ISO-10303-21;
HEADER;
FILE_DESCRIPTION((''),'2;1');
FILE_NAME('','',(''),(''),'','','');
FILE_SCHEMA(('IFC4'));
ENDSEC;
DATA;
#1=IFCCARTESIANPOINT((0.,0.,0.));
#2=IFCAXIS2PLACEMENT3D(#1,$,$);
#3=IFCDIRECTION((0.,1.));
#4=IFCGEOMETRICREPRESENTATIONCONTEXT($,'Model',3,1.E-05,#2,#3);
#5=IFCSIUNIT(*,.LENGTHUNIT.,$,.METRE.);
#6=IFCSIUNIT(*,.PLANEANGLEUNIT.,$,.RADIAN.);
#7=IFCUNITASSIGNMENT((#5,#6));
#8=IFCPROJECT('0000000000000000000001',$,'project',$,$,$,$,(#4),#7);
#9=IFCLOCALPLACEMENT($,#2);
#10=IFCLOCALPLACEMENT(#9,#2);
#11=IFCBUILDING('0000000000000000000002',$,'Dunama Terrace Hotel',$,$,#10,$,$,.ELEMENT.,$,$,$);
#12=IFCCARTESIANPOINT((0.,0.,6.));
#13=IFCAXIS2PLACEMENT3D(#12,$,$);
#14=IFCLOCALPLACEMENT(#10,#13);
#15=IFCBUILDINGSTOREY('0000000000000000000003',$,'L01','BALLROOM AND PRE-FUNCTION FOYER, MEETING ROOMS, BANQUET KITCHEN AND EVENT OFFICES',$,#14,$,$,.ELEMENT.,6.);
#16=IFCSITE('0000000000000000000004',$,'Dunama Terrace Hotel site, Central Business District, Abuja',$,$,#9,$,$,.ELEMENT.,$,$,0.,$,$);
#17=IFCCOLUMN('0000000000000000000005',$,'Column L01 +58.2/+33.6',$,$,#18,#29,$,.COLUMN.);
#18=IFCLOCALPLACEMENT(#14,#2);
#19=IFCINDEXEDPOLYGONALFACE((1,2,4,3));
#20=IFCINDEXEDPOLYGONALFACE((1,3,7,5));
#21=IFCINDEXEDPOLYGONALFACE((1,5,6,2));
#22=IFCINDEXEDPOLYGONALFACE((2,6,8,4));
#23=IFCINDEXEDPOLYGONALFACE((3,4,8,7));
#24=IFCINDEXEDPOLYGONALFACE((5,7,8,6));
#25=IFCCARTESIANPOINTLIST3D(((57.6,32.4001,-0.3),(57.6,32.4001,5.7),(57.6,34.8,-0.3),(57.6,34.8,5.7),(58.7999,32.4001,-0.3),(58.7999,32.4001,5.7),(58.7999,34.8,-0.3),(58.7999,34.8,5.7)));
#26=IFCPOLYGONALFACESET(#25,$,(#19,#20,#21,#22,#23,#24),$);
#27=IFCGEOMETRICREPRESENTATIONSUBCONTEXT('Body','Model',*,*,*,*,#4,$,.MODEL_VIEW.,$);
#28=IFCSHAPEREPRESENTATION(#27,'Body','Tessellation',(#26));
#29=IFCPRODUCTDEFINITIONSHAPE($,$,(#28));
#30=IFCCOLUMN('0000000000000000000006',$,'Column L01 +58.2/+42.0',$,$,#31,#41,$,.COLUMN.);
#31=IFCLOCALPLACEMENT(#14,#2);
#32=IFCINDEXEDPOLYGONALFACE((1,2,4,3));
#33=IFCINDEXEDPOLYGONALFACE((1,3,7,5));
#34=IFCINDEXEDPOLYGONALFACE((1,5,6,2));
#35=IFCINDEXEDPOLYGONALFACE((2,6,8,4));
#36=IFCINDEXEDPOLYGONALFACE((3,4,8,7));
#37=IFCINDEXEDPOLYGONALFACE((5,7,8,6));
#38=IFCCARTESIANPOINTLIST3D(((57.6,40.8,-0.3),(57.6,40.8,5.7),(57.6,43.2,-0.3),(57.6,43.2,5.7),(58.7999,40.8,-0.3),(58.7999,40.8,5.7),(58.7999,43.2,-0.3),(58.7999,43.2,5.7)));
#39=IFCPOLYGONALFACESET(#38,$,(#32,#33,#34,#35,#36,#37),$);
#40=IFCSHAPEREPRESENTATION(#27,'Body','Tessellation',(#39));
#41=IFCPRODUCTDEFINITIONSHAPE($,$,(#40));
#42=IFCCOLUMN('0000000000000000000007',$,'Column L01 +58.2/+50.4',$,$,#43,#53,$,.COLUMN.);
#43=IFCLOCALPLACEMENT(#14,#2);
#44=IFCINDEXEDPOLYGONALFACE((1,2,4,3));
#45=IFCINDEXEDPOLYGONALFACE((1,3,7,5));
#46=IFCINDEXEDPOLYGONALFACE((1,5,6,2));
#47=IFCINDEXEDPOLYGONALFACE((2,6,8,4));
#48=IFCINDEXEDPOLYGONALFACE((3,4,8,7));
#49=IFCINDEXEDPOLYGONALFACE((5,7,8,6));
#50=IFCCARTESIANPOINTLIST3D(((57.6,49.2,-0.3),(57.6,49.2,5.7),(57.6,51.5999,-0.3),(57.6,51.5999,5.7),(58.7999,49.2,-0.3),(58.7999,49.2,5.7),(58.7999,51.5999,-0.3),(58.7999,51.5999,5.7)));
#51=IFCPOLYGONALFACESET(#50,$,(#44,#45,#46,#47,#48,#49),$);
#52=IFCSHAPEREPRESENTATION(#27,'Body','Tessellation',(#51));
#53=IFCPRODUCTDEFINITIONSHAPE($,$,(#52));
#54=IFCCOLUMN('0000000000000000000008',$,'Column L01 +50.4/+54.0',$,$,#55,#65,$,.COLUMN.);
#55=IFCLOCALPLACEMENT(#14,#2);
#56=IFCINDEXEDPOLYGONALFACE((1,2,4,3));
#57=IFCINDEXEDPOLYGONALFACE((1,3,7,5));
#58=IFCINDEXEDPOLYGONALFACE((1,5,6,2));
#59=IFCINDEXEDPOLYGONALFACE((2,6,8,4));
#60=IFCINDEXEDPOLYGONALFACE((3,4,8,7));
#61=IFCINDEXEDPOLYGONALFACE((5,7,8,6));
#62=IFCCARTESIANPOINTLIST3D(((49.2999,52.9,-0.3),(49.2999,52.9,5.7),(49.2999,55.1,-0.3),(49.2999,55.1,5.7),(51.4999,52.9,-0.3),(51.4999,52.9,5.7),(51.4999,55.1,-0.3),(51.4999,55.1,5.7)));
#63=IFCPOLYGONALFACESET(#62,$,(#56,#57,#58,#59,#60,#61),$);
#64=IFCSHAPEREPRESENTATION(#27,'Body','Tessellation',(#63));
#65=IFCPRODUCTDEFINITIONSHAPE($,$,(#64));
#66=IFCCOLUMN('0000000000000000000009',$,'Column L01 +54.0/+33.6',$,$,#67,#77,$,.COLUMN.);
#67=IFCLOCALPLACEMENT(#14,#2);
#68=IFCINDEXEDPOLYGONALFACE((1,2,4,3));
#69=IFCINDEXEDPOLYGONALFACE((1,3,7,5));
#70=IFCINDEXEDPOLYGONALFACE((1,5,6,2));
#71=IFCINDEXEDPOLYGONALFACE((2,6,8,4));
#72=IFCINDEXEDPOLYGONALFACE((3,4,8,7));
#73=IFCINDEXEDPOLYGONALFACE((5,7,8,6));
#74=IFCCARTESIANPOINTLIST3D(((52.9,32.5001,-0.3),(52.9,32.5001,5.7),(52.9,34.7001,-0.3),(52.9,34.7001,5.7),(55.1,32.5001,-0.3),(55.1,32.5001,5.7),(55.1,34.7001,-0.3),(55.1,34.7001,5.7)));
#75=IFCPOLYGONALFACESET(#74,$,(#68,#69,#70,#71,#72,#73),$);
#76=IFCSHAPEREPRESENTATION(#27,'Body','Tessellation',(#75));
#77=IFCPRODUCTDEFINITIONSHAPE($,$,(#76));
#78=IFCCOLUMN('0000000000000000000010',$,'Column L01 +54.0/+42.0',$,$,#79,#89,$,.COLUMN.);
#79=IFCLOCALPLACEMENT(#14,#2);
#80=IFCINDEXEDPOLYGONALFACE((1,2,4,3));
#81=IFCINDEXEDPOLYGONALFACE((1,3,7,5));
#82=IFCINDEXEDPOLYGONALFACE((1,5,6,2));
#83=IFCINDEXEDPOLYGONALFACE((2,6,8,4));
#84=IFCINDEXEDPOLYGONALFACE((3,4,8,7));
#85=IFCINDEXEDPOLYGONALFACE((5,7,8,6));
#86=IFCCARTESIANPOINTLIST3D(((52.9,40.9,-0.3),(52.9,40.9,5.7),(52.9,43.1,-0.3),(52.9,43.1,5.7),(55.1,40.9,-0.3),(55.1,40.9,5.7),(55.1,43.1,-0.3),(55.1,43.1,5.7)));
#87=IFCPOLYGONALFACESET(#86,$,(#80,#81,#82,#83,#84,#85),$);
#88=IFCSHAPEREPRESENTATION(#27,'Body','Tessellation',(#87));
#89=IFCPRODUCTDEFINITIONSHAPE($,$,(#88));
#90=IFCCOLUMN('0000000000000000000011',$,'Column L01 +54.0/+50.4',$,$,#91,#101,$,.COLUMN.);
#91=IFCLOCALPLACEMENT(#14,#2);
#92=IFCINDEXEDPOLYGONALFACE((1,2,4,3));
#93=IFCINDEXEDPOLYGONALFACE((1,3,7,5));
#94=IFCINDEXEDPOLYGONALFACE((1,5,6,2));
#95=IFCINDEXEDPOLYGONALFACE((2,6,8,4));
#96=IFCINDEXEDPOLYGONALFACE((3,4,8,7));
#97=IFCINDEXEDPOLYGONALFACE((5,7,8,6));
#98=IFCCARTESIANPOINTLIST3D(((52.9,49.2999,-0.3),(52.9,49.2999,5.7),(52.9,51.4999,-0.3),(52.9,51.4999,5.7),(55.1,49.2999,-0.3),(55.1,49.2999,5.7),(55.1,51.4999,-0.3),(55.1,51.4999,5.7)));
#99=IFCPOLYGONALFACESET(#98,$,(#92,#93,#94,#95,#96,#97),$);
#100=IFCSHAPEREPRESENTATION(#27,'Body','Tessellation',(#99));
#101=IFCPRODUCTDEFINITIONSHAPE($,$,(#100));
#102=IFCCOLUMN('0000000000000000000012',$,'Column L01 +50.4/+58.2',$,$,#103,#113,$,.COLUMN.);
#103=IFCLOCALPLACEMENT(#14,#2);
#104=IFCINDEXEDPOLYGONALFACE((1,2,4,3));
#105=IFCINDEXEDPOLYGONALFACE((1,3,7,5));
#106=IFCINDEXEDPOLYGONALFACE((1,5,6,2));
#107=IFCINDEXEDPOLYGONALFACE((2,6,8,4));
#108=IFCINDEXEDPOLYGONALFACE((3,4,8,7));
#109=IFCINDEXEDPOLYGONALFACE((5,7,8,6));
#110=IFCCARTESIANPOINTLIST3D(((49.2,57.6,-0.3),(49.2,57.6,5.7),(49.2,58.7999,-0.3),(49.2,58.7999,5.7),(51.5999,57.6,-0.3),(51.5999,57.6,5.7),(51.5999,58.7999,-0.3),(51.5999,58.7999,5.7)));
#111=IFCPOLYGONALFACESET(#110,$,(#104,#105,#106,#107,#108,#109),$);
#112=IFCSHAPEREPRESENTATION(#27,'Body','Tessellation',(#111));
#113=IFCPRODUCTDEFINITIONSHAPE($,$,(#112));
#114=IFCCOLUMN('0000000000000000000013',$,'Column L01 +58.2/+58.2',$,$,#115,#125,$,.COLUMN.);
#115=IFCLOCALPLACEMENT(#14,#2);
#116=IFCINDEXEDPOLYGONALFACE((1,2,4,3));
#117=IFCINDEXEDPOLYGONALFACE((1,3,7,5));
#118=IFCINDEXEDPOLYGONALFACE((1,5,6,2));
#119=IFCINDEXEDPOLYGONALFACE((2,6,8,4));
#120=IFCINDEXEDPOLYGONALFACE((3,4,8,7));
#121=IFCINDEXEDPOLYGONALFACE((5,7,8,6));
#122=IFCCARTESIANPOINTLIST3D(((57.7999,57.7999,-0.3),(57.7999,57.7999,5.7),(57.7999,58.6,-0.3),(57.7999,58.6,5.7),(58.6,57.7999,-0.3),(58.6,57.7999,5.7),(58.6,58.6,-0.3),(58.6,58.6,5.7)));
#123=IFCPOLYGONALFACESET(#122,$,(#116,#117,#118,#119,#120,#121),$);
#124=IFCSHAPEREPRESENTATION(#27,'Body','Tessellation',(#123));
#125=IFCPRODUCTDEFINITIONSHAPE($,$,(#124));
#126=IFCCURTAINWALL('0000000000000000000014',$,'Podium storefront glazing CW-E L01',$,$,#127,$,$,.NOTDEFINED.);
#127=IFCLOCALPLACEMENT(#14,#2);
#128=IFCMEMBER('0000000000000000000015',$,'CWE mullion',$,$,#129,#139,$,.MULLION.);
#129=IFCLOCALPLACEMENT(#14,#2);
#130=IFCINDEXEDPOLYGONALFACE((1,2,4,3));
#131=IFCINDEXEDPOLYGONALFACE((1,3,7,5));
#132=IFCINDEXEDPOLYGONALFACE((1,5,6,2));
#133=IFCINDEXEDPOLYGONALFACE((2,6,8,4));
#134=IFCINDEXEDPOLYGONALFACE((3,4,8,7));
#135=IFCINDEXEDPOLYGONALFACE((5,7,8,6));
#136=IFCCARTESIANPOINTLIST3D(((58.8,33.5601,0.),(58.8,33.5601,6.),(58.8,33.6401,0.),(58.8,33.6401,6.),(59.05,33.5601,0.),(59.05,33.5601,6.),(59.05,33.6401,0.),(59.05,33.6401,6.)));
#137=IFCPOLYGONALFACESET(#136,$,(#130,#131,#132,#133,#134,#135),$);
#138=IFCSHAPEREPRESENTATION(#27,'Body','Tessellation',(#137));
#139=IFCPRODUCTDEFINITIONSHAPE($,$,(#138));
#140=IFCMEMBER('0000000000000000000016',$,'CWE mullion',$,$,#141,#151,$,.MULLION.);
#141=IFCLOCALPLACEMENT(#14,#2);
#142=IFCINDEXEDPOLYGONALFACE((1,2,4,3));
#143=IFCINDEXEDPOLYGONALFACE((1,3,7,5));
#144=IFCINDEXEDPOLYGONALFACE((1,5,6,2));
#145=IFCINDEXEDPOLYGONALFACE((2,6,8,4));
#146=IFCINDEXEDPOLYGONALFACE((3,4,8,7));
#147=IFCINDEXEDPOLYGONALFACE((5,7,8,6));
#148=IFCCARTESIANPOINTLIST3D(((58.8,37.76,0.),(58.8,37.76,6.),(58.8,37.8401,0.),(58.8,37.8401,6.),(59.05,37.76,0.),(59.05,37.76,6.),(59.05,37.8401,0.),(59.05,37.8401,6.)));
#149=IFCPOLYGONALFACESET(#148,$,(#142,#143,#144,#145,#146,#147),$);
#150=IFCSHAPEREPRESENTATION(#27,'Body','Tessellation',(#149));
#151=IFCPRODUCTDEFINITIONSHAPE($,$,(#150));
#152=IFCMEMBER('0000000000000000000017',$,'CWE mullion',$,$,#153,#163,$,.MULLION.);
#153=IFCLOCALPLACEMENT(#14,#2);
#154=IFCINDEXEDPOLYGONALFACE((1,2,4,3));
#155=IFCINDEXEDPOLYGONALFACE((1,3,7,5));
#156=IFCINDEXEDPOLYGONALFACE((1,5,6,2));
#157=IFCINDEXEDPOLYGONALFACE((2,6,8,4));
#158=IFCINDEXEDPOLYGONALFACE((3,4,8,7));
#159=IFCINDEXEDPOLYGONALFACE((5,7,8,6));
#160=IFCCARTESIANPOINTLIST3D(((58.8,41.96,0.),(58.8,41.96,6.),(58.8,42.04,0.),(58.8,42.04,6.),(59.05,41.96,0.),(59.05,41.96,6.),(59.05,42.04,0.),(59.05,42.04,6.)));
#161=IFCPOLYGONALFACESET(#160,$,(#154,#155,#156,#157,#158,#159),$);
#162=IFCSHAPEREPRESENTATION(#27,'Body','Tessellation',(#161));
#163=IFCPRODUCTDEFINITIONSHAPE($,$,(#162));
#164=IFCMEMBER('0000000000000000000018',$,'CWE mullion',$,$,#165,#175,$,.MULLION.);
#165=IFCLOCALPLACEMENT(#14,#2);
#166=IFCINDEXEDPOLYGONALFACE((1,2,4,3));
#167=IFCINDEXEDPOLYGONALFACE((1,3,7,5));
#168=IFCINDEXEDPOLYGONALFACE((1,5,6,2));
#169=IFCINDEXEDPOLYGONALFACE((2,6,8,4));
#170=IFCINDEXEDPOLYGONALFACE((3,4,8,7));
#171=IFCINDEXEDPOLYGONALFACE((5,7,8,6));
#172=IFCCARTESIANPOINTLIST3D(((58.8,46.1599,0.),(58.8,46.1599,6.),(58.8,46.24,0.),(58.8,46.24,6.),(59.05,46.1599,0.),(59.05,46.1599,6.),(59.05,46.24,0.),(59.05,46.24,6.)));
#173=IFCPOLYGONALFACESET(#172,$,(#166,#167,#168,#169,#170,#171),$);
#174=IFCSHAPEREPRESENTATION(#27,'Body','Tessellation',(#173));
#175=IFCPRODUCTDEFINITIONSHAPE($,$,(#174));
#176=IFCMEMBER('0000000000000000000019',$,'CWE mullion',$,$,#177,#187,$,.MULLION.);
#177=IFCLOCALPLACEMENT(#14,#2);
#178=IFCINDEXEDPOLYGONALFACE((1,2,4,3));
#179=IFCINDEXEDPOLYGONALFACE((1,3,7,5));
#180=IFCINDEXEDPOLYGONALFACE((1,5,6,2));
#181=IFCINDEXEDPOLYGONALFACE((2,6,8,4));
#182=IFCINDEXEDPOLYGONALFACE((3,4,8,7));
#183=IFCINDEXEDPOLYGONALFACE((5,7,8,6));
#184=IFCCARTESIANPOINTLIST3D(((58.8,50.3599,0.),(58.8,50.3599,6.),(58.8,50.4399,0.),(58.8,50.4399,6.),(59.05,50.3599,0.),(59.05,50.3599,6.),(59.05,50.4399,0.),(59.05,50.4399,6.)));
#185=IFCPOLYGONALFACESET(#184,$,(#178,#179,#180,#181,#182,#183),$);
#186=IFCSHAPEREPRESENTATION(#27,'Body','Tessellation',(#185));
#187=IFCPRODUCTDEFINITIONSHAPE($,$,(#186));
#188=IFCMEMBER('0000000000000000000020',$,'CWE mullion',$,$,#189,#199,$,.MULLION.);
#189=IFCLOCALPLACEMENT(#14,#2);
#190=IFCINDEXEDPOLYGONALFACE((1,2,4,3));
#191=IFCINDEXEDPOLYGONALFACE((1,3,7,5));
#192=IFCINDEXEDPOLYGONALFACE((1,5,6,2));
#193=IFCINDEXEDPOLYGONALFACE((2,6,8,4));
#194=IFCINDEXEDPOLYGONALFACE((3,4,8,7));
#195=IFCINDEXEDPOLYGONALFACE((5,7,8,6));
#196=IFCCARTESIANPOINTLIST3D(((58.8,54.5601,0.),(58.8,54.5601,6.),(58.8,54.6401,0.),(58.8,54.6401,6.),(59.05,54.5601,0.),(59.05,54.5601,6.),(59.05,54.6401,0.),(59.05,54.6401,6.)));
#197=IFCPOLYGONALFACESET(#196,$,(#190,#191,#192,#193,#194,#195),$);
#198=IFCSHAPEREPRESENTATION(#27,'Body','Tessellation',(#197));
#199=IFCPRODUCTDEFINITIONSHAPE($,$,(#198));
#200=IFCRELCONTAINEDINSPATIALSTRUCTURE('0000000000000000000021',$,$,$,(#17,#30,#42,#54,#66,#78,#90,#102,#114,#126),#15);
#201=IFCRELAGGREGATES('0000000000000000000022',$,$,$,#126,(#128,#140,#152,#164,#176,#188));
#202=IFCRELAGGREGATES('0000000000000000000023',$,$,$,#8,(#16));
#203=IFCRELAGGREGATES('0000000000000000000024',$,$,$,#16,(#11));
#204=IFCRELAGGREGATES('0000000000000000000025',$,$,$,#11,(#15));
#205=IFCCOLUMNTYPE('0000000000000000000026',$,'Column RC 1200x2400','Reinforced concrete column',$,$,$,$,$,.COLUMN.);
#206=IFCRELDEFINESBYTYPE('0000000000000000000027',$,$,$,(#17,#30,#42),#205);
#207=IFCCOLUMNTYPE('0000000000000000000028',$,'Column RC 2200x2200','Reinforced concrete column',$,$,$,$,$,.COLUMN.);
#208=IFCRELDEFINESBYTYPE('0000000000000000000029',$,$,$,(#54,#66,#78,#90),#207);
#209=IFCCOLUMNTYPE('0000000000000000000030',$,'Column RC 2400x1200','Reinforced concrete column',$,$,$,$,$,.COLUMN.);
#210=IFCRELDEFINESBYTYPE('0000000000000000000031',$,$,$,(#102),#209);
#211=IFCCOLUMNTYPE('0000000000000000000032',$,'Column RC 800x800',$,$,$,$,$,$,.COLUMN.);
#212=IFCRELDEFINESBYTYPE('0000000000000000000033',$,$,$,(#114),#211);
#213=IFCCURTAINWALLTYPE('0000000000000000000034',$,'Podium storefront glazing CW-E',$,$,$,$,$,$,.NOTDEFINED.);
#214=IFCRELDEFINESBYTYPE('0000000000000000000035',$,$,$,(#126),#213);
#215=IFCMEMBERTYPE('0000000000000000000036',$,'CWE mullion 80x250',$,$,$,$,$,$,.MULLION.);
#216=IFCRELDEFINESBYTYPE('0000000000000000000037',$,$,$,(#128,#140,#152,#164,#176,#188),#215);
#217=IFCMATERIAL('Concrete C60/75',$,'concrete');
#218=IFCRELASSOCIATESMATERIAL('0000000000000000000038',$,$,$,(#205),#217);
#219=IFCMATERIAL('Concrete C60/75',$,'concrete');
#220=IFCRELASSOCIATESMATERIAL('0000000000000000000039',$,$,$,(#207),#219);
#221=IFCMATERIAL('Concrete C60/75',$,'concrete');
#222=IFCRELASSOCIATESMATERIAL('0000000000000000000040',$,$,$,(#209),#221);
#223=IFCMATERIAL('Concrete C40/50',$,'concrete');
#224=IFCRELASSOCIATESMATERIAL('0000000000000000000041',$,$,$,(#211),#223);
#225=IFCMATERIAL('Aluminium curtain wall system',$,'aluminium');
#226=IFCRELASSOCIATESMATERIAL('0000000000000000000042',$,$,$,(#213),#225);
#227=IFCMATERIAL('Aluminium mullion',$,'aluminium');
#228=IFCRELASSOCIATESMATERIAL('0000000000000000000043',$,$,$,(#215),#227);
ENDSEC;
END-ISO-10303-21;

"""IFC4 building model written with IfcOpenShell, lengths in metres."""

from ifc_helpers import new_model, si_unit, direction, frame, origin, origin_2d, place, context, subcontext, project, spatial, rectangle, extrude, material, material_profile, profile_set, type_object, element, aggregate, save


model = new_model("IFC4")

# Units and contexts
model_context = context("Model", 3, precision=1e-05, world=origin(), true_north=direction((0.0, 1.0)))
body_context = subcontext(model_context, "Body", "Model", "MODEL_VIEW")
ifc_project = project(units=[si_unit("LENGTHUNIT", "METRE"), si_unit("PLANEANGLEUNIT", "RADIAN")], contexts=[model_context])

# Site, building, storey
site_placement = place(None, origin())
site = spatial("IfcSite", under=ifc_project, at=site_placement, Name="Dunama Terrace Hotel site, Central Business District, Abuja", CompositionType="ELEMENT", RefElevation=0.0)
building_placement = place(site_placement, origin())
building = spatial("IfcBuilding", under=site, at=building_placement, Name="Dunama Terrace Hotel", CompositionType="ELEMENT")
storey_placement = place(building_placement, frame((0.0, 0.0, 6.0)))
storey = spatial("IfcBuildingStorey", under=building, at=storey_placement, Name="L01", Description="BALLROOM AND PRE-FUNCTION FOYER, MEETING ROOMS, BANQUET KITCHEN AND EVENT OFFICES", CompositionType="ELEMENT", Elevation=6.0)

# Columns
ifc_material_1 = material(Name="Concrete C60/75", Category="concrete")
ifc_material_profile_1 = material_profile(ifc_material_1, rectangle(XDim=1.2, YDim=2.3999, at=origin_2d()), Name="RC 1200x2400")
ifc_profile_set_1 = profile_set([ifc_material_profile_1], Name="Concrete C60/75")
column_type_1 = type_object("IfcColumnType", Name="Column RC 1200x2400", Description="Reinforced concrete column", PredefinedType="COLUMN", material=ifc_profile_set_1)
for number, where, z_axis, x_axis, name in (
    (1, (58.2, 33.6001, -0.3), (0.0, 0.0, 1.0), (1.0, 0.0, 0.0), "Column L01 +58.2/+33.6"),
    (2, (58.2, 42.0, -0.3), (0.0, 0.0, 1.0), (1.0, 0.0, 0.0), "Column L01 +58.2/+42.0"),
    (3, (58.2, 50.3999, -0.3), (0.0, 0.0, 1.0), (1.0, 0.0, 0.0), "Column L01 +58.2/+50.4"),
):
    element("IfcColumn", number, at=place(storey_placement, frame(where, z_axis=z_axis, x_axis=x_axis)), inside=storey, type_object=column_type_1, Name=name, PredefinedType="COLUMN", context=body_context, shape_type="SweptSolid", body=[
        extrude(rectangle(XDim=1.2, YDim=2.3999, at=origin_2d()), origin(), (0.0, 0.0, 1.0), 6.0),
    ])
ifc_material_2 = material(Name="Concrete C60/75", Category="concrete")
ifc_material_profile_2 = material_profile(ifc_material_2, rectangle(XDim=2.2, YDim=2.2, at=origin_2d()), Name="RC 2200x2200")
ifc_profile_set_2 = profile_set([ifc_material_profile_2], Name="Concrete C60/75")
column_type_2 = type_object("IfcColumnType", Name="Column RC 2200x2200", Description="Reinforced concrete column", PredefinedType="COLUMN", material=ifc_profile_set_2)
for number, where, z_axis, x_axis, name in (
    (4, (50.3999, 54.0, -0.3), (0.0, 0.0, 1.0), (1.0, 0.0, 0.0), "Column L01 +50.4/+54.0"),
    (5, (54.0, 33.6001, -0.3), (0.0, 0.0, 1.0), (1.0, 0.0, 0.0), "Column L01 +54.0/+33.6"),
    (6, (54.0, 42.0, -0.3), (0.0, 0.0, 1.0), (1.0, 0.0, 0.0), "Column L01 +54.0/+42.0"),
    (7, (54.0, 50.3999, -0.3), (0.0, 0.0, 1.0), (1.0, 0.0, 0.0), "Column L01 +54.0/+50.4"),
):
    element("IfcColumn", number, at=place(storey_placement, frame(where, z_axis=z_axis, x_axis=x_axis)), inside=storey, type_object=column_type_2, Name=name, PredefinedType="COLUMN", context=body_context, shape_type="SweptSolid", body=[
        extrude(rectangle(XDim=2.2, YDim=2.2, at=origin_2d()), origin(), (0.0, 0.0, 1.0), 6.0),
    ])
ifc_material_3 = material(Name="Concrete C60/75", Category="concrete")
ifc_material_profile_3 = material_profile(ifc_material_3, rectangle(XDim=2.3999, YDim=1.2, at=origin_2d()), Name="RC 2400x1200")
ifc_profile_set_3 = profile_set([ifc_material_profile_3], Name="Concrete C60/75")
column_type_3 = type_object("IfcColumnType", Name="Column RC 2400x1200", Description="Reinforced concrete column", PredefinedType="COLUMN", material=ifc_profile_set_3)
column_1_placement = place(storey_placement, frame((50.3999, 58.2, -0.3), z_axis=(0.0, 0.0, 1.0), x_axis=(1.0, 0.0, 0.0)))
element("IfcColumn", 8, at=column_1_placement, inside=storey, type_object=column_type_3, Name="Column L01 +50.4/+58.2", PredefinedType="COLUMN", context=body_context, shape_type="SweptSolid", body=[
    extrude(rectangle(XDim=2.3999, YDim=1.2, at=origin_2d()), origin(), (0.0, 0.0, 1.0), 6.0),
])
ifc_material_4 = material(Name="Concrete C40/50", Category="concrete")
ifc_material_profile_4 = material_profile(ifc_material_4, rectangle(XDim=0.8, YDim=0.8, at=origin_2d()), Name="RC 800x800")
ifc_profile_set_4 = profile_set([ifc_material_profile_4], Name="Concrete C40/50")
column_type_4 = type_object("IfcColumnType", Name="Column RC 800x800", PredefinedType="COLUMN", material=ifc_profile_set_4)
column_2_placement = place(storey_placement, frame((58.2, 58.2, -0.3), z_axis=(0.0, 0.0, 1.0), x_axis=(1.0, 0.0, 0.0)))
element("IfcColumn", 9, at=column_2_placement, inside=storey, type_object=column_type_4, Name="Column L01 +58.2/+58.2", PredefinedType="COLUMN", context=body_context, shape_type="SweptSolid", body=[
    extrude(rectangle(XDim=0.8, YDim=0.8, at=origin_2d()), origin(), (0.0, 0.0, 1.0), 6.0),
])

# Curtain wall, members
ifc_material_5 = material(Name="Aluminium curtain wall system", Category="aluminium")
curtain_wall_type = type_object("IfcCurtainWallType", Name="Podium storefront glazing CW-E", PredefinedType="NOTDEFINED", material=ifc_material_5)
curtain_wall_1_placement = place(storey_placement, origin())
curtain_wall_1 = element("IfcCurtainWall", 10, at=curtain_wall_1_placement, inside=storey, type_object=curtain_wall_type, Name="Podium storefront glazing CW-E L01", PredefinedType="NOTDEFINED")
ifc_material_6 = material(Name="Aluminium mullion", Category="aluminium")
ifc_material_profile_5 = material_profile(ifc_material_6, rectangle(XDim=0.0801, YDim=0.25, at=origin_2d()), Name="CWE MULLION 80X250")
ifc_profile_set_5 = profile_set([ifc_material_profile_5], Name="Aluminium mullion")
member_type_1 = type_object("IfcMemberType", Name="CWE mullion 80x250", PredefinedType="MULLION", material=ifc_profile_set_5)
member_1_placement = place(storey_placement, frame((58.925, 33.6001, 0.0), z_axis=(0.0, 0.0, 1.0), x_axis=(0.0, 1.0, 0.0)))
member_1 = element("IfcMember", 11, at=member_1_placement, type_object=member_type_1, Name="CWE mullion", PredefinedType="MULLION", context=body_context, shape_type="SweptSolid", body=[
    extrude(rectangle(XDim=0.0801, YDim=0.25, at=origin_2d()), origin(), (0.0, 0.0, 1.0), 6.0),
])
member_2_placement = place(storey_placement, frame((58.925, 37.8, 0.0), z_axis=(0.0, 0.0, 1.0), x_axis=(0.0, 1.0, 0.0)))
member_2 = element("IfcMember", 12, at=member_2_placement, type_object=member_type_1, Name="CWE mullion", PredefinedType="MULLION", context=body_context, shape_type="SweptSolid", body=[
    extrude(rectangle(XDim=0.0801, YDim=0.25, at=origin_2d()), origin(), (0.0, 0.0, 1.0), 6.0),
])
member_3_placement = place(storey_placement, frame((58.925, 42.0, 0.0), z_axis=(0.0, 0.0, 1.0), x_axis=(0.0, 1.0, 0.0)))
member_3 = element("IfcMember", 13, at=member_3_placement, type_object=member_type_1, Name="CWE mullion", PredefinedType="MULLION", context=body_context, shape_type="SweptSolid", body=[
    extrude(rectangle(XDim=0.0801, YDim=0.25, at=origin_2d()), origin(), (0.0, 0.0, 1.0), 6.0),
])
member_4_placement = place(storey_placement, frame((58.925, 46.2, 0.0), z_axis=(0.0, 0.0, 1.0), x_axis=(0.0, 1.0, 0.0)))
member_4 = element("IfcMember", 14, at=member_4_placement, type_object=member_type_1, Name="CWE mullion", PredefinedType="MULLION", context=body_context, shape_type="SweptSolid", body=[
    extrude(rectangle(XDim=0.0801, YDim=0.25, at=origin_2d()), origin(), (0.0, 0.0, 1.0), 6.0),
])
member_5_placement = place(storey_placement, frame((58.925, 50.3999, 0.0), z_axis=(0.0, 0.0, 1.0), x_axis=(0.0, 1.0, 0.0)))
member_5 = element("IfcMember", 15, at=member_5_placement, type_object=member_type_1, Name="CWE mullion", PredefinedType="MULLION", context=body_context, shape_type="SweptSolid", body=[
    extrude(rectangle(XDim=0.0801, YDim=0.25, at=origin_2d()), origin(), (0.0, 0.0, 1.0), 6.0),
])
member_6_placement = place(storey_placement, frame((58.925, 54.6001, 0.0), z_axis=(0.0, 0.0, 1.0), x_axis=(0.0, 1.0, 0.0)))
member_6 = element("IfcMember", 16, at=member_6_placement, type_object=member_type_1, Name="CWE mullion", PredefinedType="MULLION", context=body_context, shape_type="SweptSolid", body=[
    extrude(rectangle(XDim=0.0801, YDim=0.25, at=origin_2d()), origin(), (0.0, 0.0, 1.0), 6.0),
])

aggregate(curtain_wall_1, [member_1, member_2, member_3, member_4, member_5, member_6])

save(model, "model.ifc")
